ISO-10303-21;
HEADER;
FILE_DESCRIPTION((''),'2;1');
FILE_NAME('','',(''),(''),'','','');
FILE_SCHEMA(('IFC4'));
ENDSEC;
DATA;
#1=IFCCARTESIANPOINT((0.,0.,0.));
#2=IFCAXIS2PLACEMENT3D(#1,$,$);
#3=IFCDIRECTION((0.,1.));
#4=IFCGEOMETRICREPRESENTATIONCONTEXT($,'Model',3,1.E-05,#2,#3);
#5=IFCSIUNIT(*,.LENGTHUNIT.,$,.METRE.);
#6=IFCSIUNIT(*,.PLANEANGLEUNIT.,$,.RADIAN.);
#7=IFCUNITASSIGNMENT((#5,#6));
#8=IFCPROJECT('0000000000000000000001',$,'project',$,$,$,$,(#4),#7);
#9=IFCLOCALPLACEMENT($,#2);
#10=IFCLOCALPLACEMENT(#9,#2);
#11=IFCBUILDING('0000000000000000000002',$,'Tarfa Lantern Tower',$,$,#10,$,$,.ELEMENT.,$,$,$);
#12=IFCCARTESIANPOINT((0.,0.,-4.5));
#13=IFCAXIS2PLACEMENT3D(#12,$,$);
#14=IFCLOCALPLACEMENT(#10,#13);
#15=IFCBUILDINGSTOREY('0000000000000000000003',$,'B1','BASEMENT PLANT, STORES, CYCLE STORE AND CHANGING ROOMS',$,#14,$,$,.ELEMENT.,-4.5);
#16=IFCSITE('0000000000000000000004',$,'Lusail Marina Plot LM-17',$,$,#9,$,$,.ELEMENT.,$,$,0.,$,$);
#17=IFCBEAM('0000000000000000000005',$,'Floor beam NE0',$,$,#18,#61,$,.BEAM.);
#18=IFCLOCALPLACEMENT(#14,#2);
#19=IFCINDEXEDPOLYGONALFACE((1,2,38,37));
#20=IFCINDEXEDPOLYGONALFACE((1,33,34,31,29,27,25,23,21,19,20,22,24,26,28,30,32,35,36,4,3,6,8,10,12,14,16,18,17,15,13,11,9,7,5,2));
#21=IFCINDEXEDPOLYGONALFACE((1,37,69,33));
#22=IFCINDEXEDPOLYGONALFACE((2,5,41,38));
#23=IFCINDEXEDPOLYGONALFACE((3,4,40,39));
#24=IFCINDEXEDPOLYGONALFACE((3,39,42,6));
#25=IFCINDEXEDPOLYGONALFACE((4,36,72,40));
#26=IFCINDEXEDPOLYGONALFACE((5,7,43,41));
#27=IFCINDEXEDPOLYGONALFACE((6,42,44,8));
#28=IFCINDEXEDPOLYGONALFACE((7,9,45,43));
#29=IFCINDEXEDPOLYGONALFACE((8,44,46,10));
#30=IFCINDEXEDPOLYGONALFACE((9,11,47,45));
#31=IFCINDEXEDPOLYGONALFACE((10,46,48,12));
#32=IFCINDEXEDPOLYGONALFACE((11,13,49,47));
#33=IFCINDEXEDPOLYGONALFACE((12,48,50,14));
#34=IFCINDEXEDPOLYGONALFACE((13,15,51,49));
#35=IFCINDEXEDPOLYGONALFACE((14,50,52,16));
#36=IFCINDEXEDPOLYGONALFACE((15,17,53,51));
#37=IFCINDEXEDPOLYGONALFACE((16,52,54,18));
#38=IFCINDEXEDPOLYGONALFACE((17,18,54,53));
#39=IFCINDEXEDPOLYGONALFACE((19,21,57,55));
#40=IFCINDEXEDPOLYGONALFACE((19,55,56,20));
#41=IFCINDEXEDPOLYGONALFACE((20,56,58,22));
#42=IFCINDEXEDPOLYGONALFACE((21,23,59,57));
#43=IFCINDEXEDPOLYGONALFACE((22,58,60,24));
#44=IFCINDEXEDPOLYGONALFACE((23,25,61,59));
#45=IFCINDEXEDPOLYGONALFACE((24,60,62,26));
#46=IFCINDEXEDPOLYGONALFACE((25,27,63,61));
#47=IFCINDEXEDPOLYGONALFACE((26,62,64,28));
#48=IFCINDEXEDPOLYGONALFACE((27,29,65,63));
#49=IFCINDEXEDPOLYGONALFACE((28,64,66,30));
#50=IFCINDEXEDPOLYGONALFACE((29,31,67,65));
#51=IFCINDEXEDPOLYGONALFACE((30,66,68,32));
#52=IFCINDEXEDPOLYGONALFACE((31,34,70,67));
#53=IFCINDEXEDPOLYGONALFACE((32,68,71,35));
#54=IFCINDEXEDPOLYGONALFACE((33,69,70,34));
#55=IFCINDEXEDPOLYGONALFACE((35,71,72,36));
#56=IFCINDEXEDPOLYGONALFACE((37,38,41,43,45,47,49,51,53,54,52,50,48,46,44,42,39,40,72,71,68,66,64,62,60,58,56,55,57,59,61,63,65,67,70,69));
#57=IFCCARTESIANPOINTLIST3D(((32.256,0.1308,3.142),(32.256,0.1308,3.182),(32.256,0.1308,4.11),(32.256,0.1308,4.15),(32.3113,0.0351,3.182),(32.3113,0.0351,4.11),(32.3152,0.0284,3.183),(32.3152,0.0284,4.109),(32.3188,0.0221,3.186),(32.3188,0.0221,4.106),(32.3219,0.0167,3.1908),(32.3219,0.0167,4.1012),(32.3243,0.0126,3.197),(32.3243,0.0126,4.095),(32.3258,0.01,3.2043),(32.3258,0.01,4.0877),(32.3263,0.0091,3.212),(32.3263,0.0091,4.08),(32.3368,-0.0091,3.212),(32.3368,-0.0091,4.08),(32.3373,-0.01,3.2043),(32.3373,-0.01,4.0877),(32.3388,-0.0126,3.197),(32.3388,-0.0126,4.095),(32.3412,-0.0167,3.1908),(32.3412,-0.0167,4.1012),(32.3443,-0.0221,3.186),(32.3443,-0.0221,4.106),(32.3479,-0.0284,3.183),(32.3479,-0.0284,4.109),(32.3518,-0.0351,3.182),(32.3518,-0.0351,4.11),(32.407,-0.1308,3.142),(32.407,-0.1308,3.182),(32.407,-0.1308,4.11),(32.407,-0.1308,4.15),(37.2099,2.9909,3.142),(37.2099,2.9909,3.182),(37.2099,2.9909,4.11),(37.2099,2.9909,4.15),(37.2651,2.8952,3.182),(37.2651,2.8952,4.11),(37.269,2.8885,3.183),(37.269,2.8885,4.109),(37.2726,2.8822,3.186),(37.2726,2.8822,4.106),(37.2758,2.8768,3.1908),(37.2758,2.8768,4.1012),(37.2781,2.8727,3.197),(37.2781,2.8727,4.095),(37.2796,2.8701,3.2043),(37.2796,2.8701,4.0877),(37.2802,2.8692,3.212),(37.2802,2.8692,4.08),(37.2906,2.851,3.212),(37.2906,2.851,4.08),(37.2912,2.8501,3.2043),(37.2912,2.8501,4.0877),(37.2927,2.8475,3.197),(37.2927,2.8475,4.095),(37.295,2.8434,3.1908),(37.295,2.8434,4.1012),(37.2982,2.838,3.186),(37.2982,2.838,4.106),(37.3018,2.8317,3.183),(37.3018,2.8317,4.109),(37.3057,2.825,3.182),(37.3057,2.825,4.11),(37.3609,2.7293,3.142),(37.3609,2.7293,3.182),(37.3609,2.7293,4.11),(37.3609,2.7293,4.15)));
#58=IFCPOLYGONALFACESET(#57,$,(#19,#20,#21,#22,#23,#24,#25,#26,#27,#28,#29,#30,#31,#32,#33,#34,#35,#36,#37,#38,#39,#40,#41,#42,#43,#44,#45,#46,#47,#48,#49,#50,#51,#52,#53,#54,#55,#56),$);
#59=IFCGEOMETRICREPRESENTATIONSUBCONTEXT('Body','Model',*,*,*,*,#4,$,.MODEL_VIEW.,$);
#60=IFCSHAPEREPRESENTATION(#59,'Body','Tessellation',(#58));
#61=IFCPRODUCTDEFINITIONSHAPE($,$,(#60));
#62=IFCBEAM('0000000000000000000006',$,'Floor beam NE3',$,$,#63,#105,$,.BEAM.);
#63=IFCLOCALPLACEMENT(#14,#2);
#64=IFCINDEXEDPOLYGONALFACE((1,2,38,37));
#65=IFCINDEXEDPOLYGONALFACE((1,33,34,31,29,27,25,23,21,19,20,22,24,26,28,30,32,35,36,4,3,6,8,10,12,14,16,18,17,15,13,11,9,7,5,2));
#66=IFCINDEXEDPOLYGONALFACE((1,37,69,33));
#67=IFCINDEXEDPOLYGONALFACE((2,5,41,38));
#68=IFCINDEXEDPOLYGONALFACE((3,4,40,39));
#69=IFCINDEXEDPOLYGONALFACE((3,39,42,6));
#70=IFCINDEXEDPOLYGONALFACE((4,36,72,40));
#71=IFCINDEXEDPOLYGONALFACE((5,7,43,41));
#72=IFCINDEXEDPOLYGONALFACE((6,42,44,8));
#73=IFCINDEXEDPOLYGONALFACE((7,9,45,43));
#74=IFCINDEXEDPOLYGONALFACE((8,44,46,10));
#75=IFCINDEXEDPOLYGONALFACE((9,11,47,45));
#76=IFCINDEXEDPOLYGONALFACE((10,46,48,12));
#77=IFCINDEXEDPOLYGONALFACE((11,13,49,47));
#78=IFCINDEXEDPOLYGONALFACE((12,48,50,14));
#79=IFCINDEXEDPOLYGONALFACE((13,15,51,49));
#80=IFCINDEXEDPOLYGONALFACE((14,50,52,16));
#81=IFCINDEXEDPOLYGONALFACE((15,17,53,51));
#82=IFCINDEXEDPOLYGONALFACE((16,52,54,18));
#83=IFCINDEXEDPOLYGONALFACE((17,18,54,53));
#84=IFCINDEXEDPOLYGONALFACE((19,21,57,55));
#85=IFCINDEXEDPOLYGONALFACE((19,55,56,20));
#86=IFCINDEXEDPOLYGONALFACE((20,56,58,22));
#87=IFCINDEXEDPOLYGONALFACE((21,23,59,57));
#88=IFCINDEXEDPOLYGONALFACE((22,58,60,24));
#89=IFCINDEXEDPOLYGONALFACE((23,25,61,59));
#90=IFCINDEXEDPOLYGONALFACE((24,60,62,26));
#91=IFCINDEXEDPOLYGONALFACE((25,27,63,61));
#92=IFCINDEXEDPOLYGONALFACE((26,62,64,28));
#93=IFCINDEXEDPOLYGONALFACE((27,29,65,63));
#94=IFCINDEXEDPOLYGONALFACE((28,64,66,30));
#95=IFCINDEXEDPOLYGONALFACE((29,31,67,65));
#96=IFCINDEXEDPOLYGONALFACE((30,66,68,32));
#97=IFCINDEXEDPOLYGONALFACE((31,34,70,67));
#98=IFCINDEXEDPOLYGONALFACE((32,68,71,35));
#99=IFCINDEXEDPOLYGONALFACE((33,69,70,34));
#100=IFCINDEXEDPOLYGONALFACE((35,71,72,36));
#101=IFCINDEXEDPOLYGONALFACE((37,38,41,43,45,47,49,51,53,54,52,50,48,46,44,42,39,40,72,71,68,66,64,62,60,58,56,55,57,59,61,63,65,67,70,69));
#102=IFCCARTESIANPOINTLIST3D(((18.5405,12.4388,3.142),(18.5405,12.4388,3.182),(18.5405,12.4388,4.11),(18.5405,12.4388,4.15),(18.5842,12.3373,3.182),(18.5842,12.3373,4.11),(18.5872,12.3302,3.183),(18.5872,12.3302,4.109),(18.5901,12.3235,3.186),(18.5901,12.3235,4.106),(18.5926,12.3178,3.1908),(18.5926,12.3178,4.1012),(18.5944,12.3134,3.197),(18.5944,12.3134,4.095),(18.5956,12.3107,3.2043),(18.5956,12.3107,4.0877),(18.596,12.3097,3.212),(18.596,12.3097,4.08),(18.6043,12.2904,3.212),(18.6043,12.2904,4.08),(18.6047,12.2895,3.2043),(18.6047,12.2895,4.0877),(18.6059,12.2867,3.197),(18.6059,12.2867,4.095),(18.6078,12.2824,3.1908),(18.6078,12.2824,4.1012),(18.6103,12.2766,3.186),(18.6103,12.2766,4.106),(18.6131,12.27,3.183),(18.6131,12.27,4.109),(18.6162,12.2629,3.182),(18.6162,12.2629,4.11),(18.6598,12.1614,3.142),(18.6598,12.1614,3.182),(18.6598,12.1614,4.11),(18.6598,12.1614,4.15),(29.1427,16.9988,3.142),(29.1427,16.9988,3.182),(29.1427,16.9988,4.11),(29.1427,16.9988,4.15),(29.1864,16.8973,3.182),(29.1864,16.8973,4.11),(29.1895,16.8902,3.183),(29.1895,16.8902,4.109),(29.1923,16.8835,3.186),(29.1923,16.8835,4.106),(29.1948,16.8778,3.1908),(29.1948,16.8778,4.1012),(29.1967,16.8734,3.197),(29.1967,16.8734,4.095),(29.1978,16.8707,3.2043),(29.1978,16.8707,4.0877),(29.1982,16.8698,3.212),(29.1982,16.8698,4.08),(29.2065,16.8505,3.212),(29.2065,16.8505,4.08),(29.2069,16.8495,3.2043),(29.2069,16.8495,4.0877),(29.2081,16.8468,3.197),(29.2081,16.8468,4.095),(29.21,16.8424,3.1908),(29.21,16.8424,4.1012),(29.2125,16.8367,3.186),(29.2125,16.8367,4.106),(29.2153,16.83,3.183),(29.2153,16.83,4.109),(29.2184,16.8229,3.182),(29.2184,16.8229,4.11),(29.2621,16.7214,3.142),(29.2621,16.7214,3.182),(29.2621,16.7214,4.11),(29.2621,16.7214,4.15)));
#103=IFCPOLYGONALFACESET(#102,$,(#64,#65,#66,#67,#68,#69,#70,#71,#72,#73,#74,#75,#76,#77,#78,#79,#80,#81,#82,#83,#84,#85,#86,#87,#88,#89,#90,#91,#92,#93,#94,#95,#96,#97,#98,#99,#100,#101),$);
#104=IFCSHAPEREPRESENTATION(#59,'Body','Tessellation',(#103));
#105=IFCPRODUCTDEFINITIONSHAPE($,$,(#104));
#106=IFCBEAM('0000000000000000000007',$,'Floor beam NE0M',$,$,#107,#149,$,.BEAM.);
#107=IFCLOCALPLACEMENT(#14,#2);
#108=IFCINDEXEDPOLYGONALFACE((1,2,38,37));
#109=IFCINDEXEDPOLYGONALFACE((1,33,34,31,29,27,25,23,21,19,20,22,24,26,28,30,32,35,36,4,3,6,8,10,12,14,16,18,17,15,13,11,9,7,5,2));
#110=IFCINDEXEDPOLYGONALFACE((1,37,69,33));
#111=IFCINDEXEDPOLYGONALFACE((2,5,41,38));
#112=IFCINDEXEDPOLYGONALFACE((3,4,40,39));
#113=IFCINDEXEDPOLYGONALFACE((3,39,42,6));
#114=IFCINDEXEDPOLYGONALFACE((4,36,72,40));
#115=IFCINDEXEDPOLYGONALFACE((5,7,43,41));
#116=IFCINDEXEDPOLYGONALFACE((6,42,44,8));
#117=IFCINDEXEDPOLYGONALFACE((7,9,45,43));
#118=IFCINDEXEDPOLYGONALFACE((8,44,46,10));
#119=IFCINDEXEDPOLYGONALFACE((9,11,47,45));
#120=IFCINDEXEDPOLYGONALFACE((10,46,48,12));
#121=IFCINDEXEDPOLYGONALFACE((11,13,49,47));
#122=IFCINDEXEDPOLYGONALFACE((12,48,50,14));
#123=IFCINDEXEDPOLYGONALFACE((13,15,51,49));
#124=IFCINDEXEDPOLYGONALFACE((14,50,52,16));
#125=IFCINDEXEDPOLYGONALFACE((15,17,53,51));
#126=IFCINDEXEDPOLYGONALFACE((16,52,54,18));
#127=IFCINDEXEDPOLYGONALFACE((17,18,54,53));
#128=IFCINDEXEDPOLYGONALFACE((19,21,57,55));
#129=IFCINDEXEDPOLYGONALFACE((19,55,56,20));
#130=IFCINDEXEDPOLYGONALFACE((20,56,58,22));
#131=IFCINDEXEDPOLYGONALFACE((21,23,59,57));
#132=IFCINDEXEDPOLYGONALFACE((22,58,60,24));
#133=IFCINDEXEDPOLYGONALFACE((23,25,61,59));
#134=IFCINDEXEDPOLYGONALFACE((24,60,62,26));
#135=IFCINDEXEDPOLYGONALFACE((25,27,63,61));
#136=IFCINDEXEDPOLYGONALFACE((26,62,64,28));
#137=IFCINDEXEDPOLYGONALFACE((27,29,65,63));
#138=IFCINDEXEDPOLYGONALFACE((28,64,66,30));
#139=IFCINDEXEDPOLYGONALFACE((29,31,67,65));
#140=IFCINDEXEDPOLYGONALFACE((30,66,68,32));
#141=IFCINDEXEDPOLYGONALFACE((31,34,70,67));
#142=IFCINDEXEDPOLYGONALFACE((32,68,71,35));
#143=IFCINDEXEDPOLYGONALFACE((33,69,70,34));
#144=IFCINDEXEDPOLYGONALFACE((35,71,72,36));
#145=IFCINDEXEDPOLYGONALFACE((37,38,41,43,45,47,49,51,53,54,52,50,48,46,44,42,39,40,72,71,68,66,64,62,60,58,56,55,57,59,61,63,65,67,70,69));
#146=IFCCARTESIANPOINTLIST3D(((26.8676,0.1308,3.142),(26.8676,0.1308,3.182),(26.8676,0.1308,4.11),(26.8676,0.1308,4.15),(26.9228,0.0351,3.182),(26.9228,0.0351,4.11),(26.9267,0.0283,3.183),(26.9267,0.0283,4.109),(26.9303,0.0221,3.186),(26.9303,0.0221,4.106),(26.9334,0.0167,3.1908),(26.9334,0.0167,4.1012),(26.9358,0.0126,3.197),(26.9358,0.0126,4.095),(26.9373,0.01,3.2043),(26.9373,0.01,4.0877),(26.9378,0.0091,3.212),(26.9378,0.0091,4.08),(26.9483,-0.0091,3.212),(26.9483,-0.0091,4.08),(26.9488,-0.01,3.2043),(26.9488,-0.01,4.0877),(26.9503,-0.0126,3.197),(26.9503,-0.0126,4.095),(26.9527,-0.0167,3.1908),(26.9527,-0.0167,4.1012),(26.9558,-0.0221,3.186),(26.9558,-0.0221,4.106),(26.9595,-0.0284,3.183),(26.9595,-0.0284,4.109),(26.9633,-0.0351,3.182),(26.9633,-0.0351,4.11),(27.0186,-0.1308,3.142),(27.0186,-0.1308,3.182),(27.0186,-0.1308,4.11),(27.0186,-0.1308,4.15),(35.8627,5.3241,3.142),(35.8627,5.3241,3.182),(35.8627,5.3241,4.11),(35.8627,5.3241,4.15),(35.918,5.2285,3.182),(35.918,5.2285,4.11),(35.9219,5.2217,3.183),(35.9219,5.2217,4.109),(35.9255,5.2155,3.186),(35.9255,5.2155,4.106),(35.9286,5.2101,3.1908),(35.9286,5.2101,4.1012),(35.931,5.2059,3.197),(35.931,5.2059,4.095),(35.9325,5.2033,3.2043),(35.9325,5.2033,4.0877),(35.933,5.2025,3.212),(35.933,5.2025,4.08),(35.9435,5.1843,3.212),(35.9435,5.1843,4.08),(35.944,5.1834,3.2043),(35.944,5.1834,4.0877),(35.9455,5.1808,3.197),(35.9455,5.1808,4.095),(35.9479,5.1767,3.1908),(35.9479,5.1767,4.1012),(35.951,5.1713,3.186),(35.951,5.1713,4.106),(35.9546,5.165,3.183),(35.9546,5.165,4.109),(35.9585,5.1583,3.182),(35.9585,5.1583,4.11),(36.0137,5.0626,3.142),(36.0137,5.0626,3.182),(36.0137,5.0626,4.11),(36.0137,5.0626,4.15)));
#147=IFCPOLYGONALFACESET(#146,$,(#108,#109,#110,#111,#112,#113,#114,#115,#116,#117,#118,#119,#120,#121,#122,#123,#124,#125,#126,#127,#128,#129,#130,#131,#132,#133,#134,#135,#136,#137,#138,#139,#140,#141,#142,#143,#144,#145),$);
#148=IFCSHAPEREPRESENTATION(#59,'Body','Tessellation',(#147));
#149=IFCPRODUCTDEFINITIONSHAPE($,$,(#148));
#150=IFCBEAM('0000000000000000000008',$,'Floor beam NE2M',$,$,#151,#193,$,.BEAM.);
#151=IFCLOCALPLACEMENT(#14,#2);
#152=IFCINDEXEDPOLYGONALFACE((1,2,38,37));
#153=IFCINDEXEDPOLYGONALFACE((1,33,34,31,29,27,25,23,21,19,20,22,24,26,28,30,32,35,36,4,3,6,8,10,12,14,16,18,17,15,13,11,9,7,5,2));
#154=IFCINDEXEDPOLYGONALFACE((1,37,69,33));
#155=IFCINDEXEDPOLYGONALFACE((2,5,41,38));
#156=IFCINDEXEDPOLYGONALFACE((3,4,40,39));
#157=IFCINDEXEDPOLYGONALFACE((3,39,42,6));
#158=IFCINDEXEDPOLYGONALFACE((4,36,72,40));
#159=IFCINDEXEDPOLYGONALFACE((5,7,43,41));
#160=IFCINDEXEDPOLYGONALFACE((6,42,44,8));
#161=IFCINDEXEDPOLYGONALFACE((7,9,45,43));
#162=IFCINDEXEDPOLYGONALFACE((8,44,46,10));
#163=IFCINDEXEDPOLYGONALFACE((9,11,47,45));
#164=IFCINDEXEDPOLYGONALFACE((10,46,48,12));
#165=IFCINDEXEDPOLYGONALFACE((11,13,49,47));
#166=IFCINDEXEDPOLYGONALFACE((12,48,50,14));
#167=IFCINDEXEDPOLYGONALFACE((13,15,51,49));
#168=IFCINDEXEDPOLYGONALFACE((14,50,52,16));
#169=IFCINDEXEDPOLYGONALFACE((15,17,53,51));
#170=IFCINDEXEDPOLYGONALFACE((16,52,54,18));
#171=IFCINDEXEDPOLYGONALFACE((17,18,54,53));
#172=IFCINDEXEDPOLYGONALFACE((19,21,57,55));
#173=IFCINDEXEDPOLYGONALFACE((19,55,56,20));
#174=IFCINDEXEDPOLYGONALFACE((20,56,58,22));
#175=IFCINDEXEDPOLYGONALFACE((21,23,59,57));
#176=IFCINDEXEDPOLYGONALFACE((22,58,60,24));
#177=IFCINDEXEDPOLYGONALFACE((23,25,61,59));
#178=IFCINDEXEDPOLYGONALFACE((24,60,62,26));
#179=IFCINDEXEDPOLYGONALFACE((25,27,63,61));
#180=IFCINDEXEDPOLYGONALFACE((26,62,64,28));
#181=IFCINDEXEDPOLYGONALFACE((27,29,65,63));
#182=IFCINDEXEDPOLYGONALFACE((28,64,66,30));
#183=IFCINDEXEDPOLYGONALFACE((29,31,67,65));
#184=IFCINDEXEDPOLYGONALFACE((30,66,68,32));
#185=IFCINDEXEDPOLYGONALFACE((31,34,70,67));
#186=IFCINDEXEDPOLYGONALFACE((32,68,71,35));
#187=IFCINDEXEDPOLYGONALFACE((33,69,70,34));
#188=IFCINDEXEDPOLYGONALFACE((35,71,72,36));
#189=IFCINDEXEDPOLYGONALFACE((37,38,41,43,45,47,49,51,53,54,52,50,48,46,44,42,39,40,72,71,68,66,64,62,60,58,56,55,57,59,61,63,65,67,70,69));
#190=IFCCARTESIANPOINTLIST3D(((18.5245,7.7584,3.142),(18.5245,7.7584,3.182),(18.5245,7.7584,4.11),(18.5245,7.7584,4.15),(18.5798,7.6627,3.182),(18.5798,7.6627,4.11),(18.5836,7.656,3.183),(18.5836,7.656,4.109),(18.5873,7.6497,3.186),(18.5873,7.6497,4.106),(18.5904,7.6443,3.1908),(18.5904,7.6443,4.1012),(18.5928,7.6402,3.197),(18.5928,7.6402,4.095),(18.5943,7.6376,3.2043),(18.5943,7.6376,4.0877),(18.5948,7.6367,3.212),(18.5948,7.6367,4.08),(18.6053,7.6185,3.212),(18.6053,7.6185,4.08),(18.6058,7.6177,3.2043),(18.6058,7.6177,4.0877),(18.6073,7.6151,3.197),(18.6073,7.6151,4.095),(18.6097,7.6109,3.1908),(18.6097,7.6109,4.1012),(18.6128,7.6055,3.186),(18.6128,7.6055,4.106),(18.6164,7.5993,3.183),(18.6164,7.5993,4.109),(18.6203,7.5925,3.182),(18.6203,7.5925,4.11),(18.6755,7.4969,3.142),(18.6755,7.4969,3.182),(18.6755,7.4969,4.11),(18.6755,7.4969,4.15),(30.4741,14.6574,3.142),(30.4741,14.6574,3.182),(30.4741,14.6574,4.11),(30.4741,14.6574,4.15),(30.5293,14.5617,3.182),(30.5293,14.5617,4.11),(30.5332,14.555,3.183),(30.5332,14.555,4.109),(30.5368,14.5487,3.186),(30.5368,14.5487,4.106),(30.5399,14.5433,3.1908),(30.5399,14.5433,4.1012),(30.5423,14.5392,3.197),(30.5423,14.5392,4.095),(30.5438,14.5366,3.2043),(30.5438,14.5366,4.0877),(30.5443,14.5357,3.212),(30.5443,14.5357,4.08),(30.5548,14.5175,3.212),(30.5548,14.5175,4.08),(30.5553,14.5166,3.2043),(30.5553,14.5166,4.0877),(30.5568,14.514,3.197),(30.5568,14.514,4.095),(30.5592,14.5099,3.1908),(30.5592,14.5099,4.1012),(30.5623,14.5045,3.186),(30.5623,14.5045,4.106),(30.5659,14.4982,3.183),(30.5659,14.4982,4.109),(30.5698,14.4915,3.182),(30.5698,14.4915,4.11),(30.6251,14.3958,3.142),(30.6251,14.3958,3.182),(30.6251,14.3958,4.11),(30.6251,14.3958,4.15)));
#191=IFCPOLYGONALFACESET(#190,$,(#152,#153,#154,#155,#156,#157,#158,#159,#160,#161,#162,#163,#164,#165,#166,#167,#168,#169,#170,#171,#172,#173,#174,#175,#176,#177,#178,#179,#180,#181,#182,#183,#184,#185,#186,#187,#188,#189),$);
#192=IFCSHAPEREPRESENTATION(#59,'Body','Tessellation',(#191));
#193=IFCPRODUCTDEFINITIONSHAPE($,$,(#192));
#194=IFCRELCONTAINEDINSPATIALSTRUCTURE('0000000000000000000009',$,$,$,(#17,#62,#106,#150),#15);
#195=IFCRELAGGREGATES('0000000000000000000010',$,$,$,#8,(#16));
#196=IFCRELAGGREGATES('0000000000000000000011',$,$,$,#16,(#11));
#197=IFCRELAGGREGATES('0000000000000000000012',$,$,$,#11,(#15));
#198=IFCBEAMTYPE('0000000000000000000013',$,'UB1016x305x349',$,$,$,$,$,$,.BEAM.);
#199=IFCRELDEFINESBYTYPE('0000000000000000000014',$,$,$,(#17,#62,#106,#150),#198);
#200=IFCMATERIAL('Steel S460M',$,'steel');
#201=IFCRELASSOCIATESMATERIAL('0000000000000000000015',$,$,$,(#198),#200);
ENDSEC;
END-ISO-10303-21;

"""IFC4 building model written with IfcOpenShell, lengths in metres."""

from ifc_helpers import new_model, si_unit, direction, frame, origin, origin_2d, place, context, subcontext, project, spatial, i_section, extrude, material, material_profile, profile_set, type_object, element, save


model = new_model("IFC4")

# Units and contexts
model_context = context("Model", 3, precision=1e-05, world=origin(), true_north=direction((0.0, 1.0)))
body_context = subcontext(model_context, "Body", "Model", "MODEL_VIEW")
ifc_project = project(units=[si_unit("LENGTHUNIT", "METRE"), si_unit("PLANEANGLEUNIT", "RADIAN")], contexts=[model_context])

# Site, building, storey
site_placement = place(None, origin())
site = spatial("IfcSite", under=ifc_project, at=site_placement, Name="Lusail Marina Plot LM-17", CompositionType="ELEMENT", RefElevation=0.0)
building_placement = place(site_placement, origin())
building = spatial("IfcBuilding", under=site, at=building_placement, Name="Tarfa Lantern Tower", CompositionType="ELEMENT")
storey_placement = place(building_placement, frame((0.0, 0.0, -4.5)))
storey = spatial("IfcBuildingStorey", under=building, at=storey_placement, Name="B1", Description="BASEMENT PLANT, STORES, CYCLE STORE AND CHANGING ROOMS", CompositionType="ELEMENT", Elevation=-4.5)

# Beams
ifc_material_1 = material(Name="Steel S460M", Category="steel")
ifc_material_profile_1 = material_profile(ifc_material_1, i_section(OverallWidth=0.302, OverallDepth=1.0081, WebThickness=0.021, FlangeThickness=0.04, FilletRadius=0.03, at=origin_2d()), Name="UB1016x305x349")
ifc_profile_set_1 = profile_set([ifc_material_profile_1], Name="Steel S460M")
beam_type_1 = type_object("IfcBeamType", Name="UB1016x305x349", PredefinedType="BEAM", material=ifc_profile_set_1)
beam_1_placement = place(storey_placement, frame((37.2854, 2.8601, 3.646), z_axis=(-0.866026, -0.5, 0.0), x_axis=(0.5, -0.866026, 0.0)))
element("IfcBeam", 1, at=beam_1_placement, inside=storey, type_object=beam_type_1, Name="Floor beam NE0", PredefinedType="BEAM", context=body_context, shape_type="SweptSolid", body=[
    extrude(i_section(OverallWidth=0.302, OverallDepth=1.0081, WebThickness=0.021, FlangeThickness=0.04, FilletRadius=0.03, at=origin_2d()), origin(), (0.0, 0.0, 1.0), 5.7202),
])
beam_2_placement = place(storey_placement, frame((29.2024, 16.8601, 3.646), z_axis=(-0.918635, -0.395106, 0.0), x_axis=(0.395106, -0.918635, 0.0)))
element("IfcBeam", 2, at=beam_2_placement, inside=storey, type_object=beam_type_1, Name="Floor beam NE3", PredefinedType="BEAM", context=body_context, shape_type="SweptSolid", body=[
    extrude(i_section(OverallWidth=0.302, OverallDepth=1.0081, WebThickness=0.021, FlangeThickness=0.04, FilletRadius=0.03, at=origin_2d()), origin(), (0.0, 0.0, 1.0), 11.5413),
])
beam_3_placement = place(storey_placement, frame((35.9382, 5.1934, 3.646), z_axis=(-0.866024, -0.500002, 0.0), x_axis=(0.500002, -0.866024, 0.0)))
element("IfcBeam", 3, at=beam_3_placement, inside=storey, type_object=beam_type_1, Name="Floor beam NE0M", PredefinedType="BEAM", context=body_context, shape_type="SweptSolid", body=[
    extrude(i_section(OverallWidth=0.302, OverallDepth=1.0081, WebThickness=0.021, FlangeThickness=0.04, FilletRadius=0.03, at=origin_2d()), origin(), (0.0, 0.0, 1.0), 10.3867),
])
beam_4_placement = place(storey_placement, frame((30.5496, 14.5266, 3.646), z_axis=(-0.866029, -0.499995, 0.0), x_axis=(0.499995, -0.866029, 0.0)))
element("IfcBeam", 4, at=beam_4_placement, inside=storey, type_object=beam_type_1, Name="Floor beam NE2M", PredefinedType="BEAM", context=body_context, shape_type="SweptSolid", body=[
    extrude(i_section(OverallWidth=0.302, OverallDepth=1.0081, WebThickness=0.021, FlangeThickness=0.04, FilletRadius=0.03, at=origin_2d()), origin(), (0.0, 0.0, 1.0), 13.7981),
])

save(model, "model.ifc")
